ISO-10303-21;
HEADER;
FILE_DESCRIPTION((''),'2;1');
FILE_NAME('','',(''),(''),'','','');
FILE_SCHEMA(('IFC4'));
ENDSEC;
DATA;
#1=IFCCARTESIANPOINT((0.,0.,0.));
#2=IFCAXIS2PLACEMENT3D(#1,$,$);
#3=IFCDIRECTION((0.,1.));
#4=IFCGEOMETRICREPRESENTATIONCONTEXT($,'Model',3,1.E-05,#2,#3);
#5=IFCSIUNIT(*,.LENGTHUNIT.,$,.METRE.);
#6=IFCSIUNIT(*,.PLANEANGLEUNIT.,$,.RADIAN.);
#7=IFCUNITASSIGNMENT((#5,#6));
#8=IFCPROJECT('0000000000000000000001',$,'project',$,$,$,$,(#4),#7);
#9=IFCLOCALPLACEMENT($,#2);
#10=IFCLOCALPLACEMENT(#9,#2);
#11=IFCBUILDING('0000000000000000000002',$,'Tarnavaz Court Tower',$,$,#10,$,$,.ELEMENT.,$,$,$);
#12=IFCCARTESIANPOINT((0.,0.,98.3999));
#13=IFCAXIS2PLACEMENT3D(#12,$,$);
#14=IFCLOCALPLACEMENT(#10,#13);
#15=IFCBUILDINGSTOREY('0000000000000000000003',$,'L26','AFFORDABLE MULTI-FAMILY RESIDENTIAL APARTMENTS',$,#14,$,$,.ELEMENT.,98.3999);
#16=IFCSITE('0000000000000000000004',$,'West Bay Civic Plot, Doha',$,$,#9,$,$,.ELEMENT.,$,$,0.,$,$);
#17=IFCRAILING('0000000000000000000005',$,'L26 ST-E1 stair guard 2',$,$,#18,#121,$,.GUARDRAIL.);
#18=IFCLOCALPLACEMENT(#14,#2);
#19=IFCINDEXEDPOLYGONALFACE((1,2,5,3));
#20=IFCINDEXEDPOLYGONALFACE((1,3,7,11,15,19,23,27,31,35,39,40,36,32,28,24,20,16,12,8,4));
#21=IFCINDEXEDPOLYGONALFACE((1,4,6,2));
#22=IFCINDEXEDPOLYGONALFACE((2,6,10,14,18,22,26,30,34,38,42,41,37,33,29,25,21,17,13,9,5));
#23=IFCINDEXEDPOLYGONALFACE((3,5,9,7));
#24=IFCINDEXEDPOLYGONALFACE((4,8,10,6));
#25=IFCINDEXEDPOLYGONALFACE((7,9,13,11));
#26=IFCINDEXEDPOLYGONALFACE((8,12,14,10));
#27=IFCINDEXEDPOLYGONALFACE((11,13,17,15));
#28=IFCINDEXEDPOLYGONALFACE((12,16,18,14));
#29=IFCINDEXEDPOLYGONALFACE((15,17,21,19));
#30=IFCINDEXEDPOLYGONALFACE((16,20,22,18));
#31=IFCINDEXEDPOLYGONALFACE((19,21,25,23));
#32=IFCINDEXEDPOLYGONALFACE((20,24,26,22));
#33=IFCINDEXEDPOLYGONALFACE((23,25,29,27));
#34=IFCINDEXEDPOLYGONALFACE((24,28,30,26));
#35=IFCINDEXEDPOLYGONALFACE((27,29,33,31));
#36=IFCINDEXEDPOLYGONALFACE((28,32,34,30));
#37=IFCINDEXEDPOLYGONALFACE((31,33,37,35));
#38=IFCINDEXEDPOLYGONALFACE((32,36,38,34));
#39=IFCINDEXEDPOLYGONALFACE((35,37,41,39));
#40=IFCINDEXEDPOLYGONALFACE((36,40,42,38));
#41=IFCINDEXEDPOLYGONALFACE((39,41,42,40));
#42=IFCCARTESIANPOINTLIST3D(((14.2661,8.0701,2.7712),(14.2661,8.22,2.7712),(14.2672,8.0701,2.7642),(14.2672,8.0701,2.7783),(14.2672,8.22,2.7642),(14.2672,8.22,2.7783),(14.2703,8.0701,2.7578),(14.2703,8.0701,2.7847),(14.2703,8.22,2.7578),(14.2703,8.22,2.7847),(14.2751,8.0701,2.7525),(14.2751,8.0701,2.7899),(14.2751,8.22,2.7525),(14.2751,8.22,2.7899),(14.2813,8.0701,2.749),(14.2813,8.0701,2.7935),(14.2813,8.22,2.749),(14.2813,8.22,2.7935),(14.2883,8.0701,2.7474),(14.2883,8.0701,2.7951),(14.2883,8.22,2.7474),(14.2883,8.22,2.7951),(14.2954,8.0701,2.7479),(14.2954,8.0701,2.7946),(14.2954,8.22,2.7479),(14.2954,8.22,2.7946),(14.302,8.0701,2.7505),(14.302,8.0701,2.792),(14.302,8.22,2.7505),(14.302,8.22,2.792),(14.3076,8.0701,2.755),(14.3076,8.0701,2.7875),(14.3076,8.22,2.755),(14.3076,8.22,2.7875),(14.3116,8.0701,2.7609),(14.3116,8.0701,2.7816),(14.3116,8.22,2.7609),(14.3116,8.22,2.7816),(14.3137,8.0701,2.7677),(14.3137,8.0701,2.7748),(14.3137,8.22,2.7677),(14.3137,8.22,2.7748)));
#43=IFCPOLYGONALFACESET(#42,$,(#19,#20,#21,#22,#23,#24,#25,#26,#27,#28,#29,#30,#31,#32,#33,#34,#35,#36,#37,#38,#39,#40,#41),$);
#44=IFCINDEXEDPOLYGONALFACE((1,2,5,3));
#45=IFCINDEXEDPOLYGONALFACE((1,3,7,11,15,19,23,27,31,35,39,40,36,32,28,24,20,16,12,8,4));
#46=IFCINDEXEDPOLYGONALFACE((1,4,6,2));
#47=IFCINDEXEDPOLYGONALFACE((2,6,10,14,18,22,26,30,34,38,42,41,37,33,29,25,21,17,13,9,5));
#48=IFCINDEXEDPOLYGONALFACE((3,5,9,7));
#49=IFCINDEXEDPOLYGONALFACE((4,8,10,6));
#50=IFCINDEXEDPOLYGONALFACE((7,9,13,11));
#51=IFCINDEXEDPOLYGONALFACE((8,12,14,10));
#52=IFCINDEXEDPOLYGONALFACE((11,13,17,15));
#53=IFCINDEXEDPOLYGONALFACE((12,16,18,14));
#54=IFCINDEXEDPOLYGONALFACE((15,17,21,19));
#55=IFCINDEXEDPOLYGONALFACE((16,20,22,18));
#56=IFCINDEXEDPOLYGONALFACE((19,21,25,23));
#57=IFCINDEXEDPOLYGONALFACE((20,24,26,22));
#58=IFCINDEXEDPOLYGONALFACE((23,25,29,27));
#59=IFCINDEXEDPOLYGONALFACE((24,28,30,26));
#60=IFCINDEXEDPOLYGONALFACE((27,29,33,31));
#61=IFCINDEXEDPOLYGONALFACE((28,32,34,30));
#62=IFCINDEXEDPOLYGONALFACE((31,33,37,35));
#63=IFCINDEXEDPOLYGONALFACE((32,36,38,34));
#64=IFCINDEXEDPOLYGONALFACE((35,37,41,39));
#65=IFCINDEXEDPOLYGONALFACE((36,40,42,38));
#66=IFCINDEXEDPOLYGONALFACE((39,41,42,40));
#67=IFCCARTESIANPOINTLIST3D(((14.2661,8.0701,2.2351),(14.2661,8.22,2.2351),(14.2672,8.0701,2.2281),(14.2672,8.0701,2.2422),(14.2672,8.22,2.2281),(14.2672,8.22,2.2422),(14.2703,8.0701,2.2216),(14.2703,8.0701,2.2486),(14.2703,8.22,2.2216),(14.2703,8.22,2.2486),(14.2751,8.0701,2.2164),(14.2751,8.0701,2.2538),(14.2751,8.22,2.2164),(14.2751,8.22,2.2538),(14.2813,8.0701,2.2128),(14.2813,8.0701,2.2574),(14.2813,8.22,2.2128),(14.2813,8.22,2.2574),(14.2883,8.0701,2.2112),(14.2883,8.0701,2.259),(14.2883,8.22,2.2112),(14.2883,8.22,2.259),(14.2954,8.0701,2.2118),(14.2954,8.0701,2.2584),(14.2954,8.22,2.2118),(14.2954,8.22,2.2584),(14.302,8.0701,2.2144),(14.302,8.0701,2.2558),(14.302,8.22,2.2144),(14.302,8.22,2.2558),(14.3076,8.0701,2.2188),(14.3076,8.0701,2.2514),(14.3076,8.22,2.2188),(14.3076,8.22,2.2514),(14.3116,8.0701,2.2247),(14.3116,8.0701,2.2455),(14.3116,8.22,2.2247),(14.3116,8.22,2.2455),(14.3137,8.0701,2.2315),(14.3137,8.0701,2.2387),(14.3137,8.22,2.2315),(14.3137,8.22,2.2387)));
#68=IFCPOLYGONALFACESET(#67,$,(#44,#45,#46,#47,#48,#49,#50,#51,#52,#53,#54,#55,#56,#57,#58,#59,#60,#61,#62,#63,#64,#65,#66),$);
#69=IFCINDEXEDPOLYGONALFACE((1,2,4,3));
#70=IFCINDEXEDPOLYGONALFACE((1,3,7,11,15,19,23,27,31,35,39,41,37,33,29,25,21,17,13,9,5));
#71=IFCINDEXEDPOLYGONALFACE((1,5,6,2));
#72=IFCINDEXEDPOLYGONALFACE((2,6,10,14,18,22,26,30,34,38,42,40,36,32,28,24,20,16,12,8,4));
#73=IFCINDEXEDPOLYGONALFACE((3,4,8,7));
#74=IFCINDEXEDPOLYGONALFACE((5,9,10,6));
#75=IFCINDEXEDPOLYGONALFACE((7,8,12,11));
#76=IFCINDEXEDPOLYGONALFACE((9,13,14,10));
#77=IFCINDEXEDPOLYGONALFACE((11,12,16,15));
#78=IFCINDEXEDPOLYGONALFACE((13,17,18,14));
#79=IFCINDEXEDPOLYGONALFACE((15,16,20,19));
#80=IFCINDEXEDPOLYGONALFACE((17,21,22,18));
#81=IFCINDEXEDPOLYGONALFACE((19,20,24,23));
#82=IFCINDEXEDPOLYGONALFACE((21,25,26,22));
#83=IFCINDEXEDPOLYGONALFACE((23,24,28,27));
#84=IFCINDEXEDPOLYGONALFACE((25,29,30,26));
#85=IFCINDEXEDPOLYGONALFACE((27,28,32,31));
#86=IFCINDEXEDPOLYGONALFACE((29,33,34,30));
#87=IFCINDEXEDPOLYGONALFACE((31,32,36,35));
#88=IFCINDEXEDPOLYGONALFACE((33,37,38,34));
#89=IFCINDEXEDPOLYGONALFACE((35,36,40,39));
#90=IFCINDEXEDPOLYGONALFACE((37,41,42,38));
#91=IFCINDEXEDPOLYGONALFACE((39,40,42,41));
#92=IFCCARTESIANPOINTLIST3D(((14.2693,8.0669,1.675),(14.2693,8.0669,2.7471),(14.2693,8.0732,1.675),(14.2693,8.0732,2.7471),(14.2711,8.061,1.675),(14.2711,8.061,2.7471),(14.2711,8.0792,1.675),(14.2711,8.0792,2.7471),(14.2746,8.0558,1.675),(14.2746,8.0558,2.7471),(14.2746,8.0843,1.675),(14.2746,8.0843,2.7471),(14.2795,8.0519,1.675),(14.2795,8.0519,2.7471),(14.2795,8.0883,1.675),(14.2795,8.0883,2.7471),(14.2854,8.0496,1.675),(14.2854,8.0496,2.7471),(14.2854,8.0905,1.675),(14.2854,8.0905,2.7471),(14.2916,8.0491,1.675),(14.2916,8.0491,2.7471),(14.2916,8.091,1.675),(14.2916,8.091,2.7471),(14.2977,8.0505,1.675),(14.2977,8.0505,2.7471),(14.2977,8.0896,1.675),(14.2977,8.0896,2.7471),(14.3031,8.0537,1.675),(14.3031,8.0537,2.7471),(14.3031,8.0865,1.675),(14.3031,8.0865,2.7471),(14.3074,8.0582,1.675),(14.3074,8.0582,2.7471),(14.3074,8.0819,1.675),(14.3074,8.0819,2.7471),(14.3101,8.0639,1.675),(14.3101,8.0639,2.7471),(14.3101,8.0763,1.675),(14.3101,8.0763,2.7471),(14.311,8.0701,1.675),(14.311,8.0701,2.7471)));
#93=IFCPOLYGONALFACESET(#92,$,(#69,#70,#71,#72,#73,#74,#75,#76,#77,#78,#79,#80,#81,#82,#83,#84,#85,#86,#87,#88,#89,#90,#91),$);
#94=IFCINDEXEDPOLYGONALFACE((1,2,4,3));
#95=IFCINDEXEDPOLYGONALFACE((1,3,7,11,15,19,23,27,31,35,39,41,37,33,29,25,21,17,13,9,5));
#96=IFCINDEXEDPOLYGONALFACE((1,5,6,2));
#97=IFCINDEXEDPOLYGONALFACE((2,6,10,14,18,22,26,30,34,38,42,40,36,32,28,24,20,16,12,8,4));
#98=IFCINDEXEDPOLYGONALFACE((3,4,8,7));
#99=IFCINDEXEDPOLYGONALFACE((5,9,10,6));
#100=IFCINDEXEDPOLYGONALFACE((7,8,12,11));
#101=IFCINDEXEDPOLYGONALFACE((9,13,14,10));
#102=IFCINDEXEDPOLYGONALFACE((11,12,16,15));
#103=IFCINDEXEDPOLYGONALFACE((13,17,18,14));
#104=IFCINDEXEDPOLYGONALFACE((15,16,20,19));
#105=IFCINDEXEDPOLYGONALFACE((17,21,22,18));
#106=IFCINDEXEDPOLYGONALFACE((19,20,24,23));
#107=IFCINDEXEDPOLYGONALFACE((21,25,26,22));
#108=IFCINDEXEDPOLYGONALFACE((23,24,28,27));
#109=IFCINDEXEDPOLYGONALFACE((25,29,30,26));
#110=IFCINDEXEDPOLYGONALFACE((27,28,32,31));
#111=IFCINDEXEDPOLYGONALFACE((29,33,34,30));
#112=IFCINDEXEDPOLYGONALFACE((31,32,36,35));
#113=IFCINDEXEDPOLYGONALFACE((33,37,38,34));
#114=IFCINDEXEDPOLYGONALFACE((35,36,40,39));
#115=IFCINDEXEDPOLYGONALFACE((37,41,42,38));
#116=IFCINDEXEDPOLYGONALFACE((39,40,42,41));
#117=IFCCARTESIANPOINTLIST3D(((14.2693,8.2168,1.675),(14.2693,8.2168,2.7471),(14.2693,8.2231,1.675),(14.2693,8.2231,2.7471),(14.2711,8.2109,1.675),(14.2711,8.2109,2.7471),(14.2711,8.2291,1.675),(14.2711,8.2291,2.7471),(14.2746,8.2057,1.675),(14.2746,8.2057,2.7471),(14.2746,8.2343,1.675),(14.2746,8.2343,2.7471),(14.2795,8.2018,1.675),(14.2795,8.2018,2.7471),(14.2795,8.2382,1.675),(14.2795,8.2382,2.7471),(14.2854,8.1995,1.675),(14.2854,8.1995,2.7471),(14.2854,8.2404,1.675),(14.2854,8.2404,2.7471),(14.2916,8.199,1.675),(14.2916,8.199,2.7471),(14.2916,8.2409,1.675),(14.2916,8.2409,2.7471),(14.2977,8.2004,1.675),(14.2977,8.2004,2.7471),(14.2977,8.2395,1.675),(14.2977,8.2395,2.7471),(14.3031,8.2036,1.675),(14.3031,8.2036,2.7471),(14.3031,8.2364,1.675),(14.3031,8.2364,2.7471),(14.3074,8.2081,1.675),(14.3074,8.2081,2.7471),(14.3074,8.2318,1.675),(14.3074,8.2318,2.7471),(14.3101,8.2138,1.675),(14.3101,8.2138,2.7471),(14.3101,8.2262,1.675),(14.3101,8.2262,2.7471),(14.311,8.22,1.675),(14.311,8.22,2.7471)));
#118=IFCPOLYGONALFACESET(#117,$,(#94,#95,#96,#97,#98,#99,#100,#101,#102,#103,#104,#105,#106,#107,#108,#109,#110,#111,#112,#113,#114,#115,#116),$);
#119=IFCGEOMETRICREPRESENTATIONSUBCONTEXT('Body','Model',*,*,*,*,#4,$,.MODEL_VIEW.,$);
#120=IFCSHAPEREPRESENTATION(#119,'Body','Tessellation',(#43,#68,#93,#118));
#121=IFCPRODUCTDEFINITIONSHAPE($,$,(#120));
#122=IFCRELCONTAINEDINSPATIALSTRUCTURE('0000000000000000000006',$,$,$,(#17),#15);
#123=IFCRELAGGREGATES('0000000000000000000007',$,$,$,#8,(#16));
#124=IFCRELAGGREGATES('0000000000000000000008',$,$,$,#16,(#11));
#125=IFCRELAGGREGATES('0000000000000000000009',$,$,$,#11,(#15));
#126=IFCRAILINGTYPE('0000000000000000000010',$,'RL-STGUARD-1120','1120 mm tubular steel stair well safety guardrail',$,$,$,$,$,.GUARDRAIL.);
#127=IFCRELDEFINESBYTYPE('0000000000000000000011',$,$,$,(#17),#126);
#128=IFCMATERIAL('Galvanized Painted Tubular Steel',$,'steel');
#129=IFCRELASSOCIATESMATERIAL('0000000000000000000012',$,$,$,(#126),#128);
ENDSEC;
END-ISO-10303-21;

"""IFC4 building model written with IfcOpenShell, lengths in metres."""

from ifc_helpers import new_model, si_unit, direction, frame, origin, origin_2d, place, context, subcontext, project, spatial, circle, extrude, material, type_object, element, save


model = new_model("IFC4")

# Units and contexts
model_context = context("Model", 3, precision=1e-05, world=origin(), true_north=direction((0.0, 1.0)))
body_context = subcontext(model_context, "Body", "Model", "MODEL_VIEW")
ifc_project = project(units=[si_unit("LENGTHUNIT", "METRE"), si_unit("PLANEANGLEUNIT", "RADIAN")], contexts=[model_context])

# Site, building, storey
site_placement = place(None, origin())
site = spatial("IfcSite", under=ifc_project, at=site_placement, Name="West Bay Civic Plot, Doha", CompositionType="ELEMENT", RefElevation=0.0)
building_placement = place(site_placement, origin())
building = spatial("IfcBuilding", under=site, at=building_placement, Name="Tarnavaz Court Tower", CompositionType="ELEMENT")
storey_placement = place(building_placement, frame((0.0, 0.0, 98.3999)))
storey = spatial("IfcBuildingStorey", under=building, at=storey_placement, Name="L26", Description="AFFORDABLE MULTI-FAMILY RESIDENTIAL APARTMENTS", CompositionType="ELEMENT", Elevation=98.3999)

# Railing
ifc_material_1 = material(Name="Galvanized Painted Tubular Steel", Category="steel")
railing_type_1 = type_object("IfcRailingType", Name="RL-STGUARD-1120", Description="1120 mm tubular steel stair well safety guardrail", PredefinedType="GUARDRAIL", material=ifc_material_1)
railing_1_placement = place(storey_placement, frame((14.29, 8.0701, 1.675)))
element("IfcRailing", 1, at=railing_1_placement, inside=storey, type_object=railing_type_1, Name="L26 ST-E1 stair guard 2", PredefinedType="GUARDRAIL", context=body_context, shape_type="SweptSolid", body=[
    extrude(circle(Radius=0.0239, at=origin_2d()), frame((0.0, 0.0, 1.0962), z_axis=(0.0, 1.0, 0.0), x_axis=(-1.0, 0.0, 0.0)), (0.0, 0.0, 1.0), 0.1499),
    extrude(circle(Radius=0.0239, at=origin_2d()), frame((0.0, 0.0, 0.5601), z_axis=(0.0, 1.0, 0.0), x_axis=(-1.0, 0.0, 0.0)), (0.0, 0.0, 1.0), 0.1499),
    extrude(circle(Radius=0.021, at=origin_2d()), origin(), (0.0, 0.0, 1.0), 1.072),
    extrude(circle(Radius=0.021, at=origin_2d()), frame((0.0, 0.1499, 0.0)), (0.0, 0.0, 1.0), 1.072),
])

save(model, "model.ifc")
